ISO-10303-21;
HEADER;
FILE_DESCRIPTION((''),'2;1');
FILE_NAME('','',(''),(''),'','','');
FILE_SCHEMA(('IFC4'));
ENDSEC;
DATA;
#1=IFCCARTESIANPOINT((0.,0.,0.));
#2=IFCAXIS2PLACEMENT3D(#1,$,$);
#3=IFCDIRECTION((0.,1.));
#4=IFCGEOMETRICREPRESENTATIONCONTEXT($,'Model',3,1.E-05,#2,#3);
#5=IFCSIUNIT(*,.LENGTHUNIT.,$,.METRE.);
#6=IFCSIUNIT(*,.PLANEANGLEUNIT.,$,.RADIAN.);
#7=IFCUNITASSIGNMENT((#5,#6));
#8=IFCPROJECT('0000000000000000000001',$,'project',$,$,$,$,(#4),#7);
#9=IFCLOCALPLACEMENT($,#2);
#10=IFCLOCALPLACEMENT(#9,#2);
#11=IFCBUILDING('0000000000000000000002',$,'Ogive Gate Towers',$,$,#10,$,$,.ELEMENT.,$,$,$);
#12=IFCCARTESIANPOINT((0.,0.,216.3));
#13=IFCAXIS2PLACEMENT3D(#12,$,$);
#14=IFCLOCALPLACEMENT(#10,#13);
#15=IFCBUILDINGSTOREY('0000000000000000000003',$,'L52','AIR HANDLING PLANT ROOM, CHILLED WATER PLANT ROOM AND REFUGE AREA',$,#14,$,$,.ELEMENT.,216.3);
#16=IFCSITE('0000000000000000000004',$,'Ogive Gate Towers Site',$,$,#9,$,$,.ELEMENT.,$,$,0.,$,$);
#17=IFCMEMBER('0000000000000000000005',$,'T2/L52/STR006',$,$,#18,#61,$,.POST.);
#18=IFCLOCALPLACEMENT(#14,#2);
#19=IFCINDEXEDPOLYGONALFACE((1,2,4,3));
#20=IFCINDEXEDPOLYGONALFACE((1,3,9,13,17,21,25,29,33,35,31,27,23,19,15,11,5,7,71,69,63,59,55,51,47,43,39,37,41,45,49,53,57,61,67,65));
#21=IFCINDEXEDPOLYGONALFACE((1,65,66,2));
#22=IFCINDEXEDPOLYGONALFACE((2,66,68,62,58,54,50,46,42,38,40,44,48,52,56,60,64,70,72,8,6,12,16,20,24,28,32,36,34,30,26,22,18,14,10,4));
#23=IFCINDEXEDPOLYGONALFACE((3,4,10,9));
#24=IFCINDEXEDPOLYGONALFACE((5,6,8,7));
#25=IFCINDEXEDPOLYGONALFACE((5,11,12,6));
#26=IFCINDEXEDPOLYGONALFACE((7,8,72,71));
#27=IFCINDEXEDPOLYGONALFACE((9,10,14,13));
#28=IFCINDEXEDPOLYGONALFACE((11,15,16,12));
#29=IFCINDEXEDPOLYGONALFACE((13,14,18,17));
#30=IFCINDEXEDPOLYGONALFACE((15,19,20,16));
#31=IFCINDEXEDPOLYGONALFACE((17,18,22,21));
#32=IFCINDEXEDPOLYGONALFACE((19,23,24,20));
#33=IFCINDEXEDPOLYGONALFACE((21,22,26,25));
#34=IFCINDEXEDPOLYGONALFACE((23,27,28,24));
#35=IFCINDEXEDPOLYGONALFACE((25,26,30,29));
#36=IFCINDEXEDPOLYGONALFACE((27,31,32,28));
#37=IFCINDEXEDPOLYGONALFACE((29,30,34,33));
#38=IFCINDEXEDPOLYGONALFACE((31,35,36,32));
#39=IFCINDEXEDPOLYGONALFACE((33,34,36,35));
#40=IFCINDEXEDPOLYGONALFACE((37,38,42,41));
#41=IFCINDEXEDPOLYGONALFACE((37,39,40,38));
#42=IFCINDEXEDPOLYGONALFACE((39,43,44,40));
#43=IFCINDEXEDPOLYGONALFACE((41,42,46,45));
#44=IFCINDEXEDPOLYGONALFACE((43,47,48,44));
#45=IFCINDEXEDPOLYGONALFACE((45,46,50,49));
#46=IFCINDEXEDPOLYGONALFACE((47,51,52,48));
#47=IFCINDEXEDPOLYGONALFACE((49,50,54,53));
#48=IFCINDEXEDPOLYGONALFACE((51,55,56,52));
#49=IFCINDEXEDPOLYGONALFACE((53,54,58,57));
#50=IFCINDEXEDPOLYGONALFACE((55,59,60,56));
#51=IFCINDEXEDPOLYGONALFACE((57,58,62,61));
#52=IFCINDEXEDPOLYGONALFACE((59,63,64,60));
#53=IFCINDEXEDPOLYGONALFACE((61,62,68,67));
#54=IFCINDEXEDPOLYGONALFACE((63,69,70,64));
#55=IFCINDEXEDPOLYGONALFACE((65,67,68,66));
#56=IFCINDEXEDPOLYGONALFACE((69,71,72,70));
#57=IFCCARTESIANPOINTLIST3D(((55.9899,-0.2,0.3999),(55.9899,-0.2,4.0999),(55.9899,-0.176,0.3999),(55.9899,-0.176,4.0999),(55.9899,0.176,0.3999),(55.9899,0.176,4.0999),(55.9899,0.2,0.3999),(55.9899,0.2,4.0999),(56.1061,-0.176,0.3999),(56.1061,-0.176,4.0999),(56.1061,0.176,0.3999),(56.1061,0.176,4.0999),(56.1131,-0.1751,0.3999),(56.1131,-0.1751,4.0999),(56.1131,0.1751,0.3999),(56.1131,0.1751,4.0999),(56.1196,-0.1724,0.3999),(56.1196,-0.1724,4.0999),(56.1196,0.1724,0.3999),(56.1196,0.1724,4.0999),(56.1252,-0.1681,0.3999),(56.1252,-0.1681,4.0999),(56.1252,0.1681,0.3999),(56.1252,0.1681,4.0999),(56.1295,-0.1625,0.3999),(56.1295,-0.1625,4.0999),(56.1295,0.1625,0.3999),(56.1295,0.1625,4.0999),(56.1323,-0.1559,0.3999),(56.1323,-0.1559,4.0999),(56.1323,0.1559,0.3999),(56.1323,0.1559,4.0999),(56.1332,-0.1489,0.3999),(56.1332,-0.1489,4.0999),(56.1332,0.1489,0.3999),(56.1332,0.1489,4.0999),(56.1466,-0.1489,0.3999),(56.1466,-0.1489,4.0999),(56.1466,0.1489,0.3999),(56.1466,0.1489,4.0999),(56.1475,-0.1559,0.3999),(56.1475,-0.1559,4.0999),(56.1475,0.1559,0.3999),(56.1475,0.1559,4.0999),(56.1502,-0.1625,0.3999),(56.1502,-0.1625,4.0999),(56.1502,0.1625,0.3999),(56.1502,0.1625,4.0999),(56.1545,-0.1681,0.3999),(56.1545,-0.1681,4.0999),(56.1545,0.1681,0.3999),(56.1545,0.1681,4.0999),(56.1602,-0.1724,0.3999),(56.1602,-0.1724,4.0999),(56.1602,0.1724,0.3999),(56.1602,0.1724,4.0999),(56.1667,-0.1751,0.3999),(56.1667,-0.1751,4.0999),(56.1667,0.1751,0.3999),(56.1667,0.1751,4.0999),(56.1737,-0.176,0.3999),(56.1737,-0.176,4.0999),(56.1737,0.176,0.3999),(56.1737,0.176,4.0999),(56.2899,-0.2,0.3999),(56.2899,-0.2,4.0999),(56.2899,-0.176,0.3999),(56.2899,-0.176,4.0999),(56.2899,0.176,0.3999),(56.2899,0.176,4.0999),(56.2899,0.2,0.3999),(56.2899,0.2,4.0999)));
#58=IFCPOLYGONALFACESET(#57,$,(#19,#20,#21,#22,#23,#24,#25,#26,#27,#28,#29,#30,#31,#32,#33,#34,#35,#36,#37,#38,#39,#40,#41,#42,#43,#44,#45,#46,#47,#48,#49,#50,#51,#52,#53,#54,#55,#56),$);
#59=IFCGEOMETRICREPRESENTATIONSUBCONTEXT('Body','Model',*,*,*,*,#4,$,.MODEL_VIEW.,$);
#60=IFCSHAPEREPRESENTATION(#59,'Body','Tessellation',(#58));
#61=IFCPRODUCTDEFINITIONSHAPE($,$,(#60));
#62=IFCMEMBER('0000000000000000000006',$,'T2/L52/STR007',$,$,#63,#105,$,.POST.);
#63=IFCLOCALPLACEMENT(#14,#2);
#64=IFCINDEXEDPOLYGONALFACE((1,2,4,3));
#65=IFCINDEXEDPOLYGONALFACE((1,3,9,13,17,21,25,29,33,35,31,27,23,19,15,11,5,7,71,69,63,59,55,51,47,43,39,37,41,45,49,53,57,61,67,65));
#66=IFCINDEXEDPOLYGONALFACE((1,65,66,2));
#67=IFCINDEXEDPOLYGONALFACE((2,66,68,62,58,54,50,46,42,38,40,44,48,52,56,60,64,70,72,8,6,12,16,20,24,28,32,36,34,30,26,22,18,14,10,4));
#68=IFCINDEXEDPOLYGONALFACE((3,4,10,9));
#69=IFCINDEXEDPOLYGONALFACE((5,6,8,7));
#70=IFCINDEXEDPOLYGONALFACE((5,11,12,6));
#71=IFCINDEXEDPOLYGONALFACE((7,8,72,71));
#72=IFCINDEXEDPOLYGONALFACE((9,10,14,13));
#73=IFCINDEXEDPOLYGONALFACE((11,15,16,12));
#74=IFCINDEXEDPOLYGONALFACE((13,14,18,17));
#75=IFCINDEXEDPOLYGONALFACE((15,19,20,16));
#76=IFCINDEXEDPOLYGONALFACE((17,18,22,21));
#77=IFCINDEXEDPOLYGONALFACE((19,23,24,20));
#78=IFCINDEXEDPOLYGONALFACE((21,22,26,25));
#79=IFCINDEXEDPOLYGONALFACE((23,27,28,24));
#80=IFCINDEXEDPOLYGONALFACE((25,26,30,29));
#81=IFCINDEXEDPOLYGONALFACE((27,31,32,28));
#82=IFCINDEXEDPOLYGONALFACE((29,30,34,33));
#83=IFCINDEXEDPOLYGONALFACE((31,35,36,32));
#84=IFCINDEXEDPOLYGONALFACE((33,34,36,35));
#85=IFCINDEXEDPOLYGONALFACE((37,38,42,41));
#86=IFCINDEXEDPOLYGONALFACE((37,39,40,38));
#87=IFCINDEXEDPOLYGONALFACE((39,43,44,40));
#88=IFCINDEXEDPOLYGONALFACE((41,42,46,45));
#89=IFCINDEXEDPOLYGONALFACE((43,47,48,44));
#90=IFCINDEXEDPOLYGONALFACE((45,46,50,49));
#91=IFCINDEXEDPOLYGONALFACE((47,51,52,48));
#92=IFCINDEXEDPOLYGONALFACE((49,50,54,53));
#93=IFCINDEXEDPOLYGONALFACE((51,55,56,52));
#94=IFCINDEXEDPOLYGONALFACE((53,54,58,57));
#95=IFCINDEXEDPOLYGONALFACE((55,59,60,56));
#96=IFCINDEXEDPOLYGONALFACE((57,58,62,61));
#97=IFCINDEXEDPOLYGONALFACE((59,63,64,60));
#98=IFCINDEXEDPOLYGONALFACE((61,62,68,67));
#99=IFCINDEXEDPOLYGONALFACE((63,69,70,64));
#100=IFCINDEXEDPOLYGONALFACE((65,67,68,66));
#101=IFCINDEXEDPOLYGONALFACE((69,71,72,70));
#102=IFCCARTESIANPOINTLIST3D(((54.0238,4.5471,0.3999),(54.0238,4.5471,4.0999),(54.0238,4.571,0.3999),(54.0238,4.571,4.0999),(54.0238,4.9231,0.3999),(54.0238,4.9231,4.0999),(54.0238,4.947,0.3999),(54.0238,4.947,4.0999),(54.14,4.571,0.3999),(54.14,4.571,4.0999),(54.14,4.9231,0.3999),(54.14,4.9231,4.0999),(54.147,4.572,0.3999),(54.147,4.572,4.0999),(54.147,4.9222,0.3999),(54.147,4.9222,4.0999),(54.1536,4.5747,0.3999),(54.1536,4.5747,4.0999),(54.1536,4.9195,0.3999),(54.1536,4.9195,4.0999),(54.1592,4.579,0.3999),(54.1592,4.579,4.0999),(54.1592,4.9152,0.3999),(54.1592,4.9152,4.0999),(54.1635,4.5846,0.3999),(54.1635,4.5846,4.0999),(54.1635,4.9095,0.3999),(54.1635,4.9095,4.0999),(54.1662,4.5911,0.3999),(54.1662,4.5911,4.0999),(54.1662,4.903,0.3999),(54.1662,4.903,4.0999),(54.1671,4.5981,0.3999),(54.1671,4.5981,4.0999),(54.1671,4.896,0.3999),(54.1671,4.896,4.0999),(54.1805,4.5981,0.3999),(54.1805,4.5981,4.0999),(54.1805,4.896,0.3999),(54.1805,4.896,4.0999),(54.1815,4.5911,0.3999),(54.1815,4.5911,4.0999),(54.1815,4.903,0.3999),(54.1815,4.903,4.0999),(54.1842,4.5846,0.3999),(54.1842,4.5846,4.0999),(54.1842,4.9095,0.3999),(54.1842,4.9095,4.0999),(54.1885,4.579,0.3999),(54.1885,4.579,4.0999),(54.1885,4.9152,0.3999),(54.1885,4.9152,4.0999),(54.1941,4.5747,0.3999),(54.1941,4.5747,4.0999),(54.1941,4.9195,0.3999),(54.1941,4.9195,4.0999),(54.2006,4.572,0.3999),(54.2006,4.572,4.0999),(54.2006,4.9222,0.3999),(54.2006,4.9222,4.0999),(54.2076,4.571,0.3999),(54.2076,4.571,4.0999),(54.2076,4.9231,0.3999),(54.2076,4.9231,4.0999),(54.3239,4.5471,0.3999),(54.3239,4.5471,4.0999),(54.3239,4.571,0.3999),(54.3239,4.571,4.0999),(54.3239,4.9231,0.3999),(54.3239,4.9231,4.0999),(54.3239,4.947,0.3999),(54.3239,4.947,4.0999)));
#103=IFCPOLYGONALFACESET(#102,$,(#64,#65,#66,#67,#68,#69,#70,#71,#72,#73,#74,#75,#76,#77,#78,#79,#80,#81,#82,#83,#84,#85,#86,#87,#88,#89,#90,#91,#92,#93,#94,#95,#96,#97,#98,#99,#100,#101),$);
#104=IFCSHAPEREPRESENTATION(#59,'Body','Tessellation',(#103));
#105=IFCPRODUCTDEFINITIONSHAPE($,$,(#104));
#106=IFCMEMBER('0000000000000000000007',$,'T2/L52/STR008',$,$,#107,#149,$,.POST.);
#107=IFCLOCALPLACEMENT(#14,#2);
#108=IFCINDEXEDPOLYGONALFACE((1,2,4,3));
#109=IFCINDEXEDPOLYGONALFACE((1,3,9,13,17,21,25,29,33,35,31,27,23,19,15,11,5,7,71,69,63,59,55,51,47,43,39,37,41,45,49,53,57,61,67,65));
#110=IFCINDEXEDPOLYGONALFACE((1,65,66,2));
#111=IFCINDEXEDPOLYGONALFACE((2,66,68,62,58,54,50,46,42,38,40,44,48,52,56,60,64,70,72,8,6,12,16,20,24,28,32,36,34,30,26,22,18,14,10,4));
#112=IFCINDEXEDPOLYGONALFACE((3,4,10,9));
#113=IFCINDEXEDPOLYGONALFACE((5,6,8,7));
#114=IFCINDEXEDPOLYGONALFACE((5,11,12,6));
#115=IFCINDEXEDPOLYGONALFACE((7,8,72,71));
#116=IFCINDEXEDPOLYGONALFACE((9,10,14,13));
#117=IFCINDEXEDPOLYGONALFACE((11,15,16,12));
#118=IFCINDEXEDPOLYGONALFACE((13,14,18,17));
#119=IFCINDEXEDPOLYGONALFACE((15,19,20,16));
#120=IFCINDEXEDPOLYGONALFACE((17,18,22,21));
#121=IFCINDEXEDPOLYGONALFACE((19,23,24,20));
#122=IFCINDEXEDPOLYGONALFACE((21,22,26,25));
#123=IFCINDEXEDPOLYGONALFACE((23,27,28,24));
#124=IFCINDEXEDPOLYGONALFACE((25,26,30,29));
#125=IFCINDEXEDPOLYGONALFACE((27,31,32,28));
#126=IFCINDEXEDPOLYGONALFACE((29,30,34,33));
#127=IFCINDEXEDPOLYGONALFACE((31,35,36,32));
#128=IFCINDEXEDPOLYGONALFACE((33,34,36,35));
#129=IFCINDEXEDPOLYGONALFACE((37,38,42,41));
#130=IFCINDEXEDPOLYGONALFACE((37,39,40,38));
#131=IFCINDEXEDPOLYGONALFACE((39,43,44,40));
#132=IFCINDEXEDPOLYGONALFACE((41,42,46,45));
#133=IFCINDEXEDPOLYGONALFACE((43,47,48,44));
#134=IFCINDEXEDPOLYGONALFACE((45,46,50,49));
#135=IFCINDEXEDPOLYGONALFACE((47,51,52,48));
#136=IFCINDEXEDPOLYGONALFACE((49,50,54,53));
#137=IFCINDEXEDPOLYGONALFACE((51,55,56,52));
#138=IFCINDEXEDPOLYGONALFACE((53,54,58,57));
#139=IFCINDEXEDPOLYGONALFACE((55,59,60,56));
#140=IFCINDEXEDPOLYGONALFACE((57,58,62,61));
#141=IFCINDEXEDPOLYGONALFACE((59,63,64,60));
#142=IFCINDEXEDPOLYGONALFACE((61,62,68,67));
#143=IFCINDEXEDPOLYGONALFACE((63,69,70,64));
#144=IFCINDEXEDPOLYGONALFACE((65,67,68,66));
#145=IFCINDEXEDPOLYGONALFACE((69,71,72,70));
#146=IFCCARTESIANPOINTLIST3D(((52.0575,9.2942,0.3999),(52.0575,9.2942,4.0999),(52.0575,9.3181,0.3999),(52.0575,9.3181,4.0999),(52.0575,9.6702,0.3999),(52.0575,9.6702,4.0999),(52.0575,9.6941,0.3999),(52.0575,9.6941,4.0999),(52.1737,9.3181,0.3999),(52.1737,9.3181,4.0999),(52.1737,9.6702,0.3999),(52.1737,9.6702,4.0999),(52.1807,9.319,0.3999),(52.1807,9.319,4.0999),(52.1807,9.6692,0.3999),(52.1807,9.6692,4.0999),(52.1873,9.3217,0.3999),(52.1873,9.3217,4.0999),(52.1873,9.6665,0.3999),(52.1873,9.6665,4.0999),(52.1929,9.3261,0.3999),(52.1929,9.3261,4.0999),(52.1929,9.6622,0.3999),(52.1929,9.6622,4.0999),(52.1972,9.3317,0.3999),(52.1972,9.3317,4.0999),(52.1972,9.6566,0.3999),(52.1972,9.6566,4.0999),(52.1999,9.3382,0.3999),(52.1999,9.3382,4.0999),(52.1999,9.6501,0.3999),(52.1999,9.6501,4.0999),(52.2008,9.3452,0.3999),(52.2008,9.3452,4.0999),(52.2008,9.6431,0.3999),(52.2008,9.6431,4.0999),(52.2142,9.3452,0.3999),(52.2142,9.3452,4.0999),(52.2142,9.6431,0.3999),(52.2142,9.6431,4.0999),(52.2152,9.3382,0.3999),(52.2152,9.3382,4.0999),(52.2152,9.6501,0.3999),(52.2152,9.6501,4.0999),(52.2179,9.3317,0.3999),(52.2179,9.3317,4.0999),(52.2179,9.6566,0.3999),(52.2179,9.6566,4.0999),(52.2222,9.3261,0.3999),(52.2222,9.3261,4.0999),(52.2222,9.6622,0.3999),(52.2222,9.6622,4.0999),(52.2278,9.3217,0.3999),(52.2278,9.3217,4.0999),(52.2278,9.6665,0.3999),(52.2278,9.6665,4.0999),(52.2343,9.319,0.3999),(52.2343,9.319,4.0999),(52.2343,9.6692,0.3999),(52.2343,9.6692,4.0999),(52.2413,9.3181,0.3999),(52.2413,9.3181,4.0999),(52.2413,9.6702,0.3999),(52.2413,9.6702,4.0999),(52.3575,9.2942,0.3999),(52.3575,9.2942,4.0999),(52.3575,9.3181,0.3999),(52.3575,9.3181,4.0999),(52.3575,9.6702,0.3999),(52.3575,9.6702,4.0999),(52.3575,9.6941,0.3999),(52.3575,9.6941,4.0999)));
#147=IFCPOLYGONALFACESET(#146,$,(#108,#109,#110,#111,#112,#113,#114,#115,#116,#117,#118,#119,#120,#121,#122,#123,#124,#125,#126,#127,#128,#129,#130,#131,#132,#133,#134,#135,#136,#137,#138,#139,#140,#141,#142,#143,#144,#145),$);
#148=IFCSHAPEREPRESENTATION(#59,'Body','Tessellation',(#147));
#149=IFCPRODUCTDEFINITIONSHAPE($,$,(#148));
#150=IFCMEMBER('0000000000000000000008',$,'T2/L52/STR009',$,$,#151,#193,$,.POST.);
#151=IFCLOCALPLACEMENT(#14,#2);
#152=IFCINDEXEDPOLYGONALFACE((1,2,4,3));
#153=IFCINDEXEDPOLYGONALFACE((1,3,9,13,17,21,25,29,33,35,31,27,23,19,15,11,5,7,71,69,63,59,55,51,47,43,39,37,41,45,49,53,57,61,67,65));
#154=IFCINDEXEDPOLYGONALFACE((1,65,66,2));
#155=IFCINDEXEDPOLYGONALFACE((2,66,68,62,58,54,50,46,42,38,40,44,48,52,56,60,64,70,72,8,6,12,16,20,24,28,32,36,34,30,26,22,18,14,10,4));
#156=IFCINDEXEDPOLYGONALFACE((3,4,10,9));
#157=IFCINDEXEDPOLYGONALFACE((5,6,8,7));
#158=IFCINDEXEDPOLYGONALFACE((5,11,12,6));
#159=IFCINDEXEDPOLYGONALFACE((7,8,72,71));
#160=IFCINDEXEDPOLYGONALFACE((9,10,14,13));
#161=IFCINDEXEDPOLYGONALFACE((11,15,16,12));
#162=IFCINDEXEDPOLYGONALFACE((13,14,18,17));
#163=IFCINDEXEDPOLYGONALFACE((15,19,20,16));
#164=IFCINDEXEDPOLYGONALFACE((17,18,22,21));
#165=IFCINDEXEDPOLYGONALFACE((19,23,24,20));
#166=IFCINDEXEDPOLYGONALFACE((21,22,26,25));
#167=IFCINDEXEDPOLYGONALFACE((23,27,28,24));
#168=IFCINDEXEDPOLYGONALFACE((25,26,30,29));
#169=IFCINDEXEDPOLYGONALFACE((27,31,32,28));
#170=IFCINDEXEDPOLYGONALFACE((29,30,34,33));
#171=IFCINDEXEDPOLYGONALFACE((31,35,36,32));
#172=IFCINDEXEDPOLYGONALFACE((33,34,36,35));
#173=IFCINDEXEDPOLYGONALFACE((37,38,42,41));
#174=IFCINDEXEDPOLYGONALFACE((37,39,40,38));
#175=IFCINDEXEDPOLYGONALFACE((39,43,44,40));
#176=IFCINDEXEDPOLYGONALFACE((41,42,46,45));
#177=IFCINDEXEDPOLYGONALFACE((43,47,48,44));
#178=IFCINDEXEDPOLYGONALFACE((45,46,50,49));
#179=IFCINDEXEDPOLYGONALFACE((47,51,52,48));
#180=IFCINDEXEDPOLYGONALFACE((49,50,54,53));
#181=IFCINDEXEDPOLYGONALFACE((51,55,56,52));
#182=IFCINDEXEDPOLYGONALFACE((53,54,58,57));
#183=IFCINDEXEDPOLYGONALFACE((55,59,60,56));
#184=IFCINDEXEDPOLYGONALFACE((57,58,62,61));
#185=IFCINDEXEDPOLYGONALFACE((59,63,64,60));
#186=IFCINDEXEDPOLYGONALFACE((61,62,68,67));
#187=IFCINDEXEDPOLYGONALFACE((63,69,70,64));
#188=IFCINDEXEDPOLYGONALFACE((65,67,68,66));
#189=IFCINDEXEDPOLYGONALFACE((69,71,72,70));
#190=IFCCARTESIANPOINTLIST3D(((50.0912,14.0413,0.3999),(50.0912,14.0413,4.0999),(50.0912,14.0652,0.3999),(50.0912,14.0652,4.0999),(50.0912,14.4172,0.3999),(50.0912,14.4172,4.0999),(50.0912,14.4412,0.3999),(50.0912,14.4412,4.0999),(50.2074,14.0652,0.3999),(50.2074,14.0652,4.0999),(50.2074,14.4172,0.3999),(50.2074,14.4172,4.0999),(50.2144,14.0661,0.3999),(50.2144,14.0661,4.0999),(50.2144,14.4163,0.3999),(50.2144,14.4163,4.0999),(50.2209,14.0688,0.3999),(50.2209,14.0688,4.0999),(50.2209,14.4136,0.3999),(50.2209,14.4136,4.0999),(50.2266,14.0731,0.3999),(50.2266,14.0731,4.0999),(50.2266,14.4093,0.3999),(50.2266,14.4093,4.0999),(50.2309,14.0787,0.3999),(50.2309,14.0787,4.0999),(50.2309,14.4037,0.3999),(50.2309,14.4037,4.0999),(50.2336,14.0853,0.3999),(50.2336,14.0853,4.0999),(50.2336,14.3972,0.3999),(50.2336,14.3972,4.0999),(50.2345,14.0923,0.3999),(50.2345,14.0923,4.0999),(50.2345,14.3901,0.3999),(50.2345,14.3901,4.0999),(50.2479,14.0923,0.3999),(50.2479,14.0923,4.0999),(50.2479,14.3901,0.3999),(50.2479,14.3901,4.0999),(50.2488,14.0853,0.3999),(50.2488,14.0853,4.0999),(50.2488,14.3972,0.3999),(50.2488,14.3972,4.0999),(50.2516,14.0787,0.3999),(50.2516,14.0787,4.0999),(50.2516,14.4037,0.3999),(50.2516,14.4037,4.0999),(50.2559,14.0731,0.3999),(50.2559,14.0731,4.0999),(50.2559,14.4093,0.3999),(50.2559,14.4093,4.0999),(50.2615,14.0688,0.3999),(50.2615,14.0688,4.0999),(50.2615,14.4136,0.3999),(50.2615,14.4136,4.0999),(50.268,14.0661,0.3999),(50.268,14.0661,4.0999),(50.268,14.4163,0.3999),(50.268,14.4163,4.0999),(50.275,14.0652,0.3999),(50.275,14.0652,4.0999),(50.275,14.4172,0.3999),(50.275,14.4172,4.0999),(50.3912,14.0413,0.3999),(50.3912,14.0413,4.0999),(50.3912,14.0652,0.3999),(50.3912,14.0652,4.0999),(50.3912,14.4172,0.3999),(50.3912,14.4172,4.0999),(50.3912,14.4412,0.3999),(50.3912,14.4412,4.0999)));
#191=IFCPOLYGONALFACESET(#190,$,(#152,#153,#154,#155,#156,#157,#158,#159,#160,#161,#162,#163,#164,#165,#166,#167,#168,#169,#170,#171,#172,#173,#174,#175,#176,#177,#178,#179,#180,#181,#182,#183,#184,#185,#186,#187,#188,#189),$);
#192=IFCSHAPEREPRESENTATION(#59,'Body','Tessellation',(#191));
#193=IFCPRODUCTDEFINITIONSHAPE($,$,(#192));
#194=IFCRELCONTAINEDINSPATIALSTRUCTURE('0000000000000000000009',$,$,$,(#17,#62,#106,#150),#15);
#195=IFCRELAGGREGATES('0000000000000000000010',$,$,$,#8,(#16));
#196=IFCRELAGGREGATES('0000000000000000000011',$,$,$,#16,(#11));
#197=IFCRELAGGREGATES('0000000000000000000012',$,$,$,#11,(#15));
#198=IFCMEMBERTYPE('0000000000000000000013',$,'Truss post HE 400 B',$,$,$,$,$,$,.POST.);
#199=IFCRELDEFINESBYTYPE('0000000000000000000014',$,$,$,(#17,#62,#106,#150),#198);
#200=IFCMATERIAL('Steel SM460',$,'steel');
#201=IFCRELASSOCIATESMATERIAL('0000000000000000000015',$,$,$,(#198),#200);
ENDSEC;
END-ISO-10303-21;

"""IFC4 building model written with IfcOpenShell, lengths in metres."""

from ifc_helpers import new_model, si_unit, direction, frame, origin, origin_2d, place, context, subcontext, project, spatial, i_section, extrude, material, material_profile, profile_set, type_object, element, save


model = new_model("IFC4")

# Units and contexts
model_context = context("Model", 3, precision=1e-05, world=origin(), true_north=direction((0.0, 1.0)))
body_context = subcontext(model_context, "Body", "Model", "MODEL_VIEW")
ifc_project = project(units=[si_unit("LENGTHUNIT", "METRE"), si_unit("PLANEANGLEUNIT", "RADIAN")], contexts=[model_context])

# Site, building, storey
site_placement = place(None, origin())
site = spatial("IfcSite", under=ifc_project, at=site_placement, Name="Ogive Gate Towers Site", CompositionType="ELEMENT", RefElevation=0.0)
building_placement = place(site_placement, origin())
building = spatial("IfcBuilding", under=site, at=building_placement, Name="Ogive Gate Towers", CompositionType="ELEMENT")
storey_placement = place(building_placement, frame((0.0, 0.0, 216.3)))
storey = spatial("IfcBuildingStorey", under=building, at=storey_placement, Name="L52", Description="AIR HANDLING PLANT ROOM, CHILLED WATER PLANT ROOM AND REFUGE AREA", CompositionType="ELEMENT", Elevation=216.3)

# Shared definitions
ifc_material_1 = material(Name="Steel SM460", Category="steel")

# Members
ifc_material_profile_1 = material_profile(ifc_material_1, i_section(OverallWidth=0.3, OverallDepth=0.3999, WebThickness=0.0134, FlangeThickness=0.0239, FilletRadius=0.0271, at=origin_2d()), Name="HE 400 B")
ifc_profile_set_1 = profile_set([ifc_material_profile_1], Name="Steel SM460")
member_type_1 = type_object("IfcMemberType", Name="Truss post HE 400 B", PredefinedType="POST", material=ifc_profile_set_1)
for number, where, z_axis, x_axis, name in (
    (1, (56.1399, 0.0, 0.3999), (0.0, 0.0, 1.0), (1.0, 0.0, 0.0), "T2/L52/STR006"),
    (2, (54.1738, 4.7471, 0.3999), (0.0, 0.0, 1.0), (1.0, 0.0, 0.0), "T2/L52/STR007"),
    (3, (52.2075, 9.4941, 0.3999), (0.0, 0.0, 1.0), (1.0, 0.0, 0.0), "T2/L52/STR008"),
    (4, (50.2412, 14.2412, 0.3999), (0.0, 0.0, 1.0), (1.0, 0.0, 0.0), "T2/L52/STR009"),
):
    element("IfcMember", number, at=place(storey_placement, frame(where, z_axis=z_axis, x_axis=x_axis)), inside=storey, type_object=member_type_1, Name=name, PredefinedType="POST", context=body_context, shape_type="SweptSolid", body=[
        extrude(i_section(OverallWidth=0.3, OverallDepth=0.3999, WebThickness=0.0134, FlangeThickness=0.0239, FilletRadius=0.0271, at=origin_2d()), origin(), (0.0, 0.0, 1.0), 3.7),
    ])

save(model, "model.ifc")
